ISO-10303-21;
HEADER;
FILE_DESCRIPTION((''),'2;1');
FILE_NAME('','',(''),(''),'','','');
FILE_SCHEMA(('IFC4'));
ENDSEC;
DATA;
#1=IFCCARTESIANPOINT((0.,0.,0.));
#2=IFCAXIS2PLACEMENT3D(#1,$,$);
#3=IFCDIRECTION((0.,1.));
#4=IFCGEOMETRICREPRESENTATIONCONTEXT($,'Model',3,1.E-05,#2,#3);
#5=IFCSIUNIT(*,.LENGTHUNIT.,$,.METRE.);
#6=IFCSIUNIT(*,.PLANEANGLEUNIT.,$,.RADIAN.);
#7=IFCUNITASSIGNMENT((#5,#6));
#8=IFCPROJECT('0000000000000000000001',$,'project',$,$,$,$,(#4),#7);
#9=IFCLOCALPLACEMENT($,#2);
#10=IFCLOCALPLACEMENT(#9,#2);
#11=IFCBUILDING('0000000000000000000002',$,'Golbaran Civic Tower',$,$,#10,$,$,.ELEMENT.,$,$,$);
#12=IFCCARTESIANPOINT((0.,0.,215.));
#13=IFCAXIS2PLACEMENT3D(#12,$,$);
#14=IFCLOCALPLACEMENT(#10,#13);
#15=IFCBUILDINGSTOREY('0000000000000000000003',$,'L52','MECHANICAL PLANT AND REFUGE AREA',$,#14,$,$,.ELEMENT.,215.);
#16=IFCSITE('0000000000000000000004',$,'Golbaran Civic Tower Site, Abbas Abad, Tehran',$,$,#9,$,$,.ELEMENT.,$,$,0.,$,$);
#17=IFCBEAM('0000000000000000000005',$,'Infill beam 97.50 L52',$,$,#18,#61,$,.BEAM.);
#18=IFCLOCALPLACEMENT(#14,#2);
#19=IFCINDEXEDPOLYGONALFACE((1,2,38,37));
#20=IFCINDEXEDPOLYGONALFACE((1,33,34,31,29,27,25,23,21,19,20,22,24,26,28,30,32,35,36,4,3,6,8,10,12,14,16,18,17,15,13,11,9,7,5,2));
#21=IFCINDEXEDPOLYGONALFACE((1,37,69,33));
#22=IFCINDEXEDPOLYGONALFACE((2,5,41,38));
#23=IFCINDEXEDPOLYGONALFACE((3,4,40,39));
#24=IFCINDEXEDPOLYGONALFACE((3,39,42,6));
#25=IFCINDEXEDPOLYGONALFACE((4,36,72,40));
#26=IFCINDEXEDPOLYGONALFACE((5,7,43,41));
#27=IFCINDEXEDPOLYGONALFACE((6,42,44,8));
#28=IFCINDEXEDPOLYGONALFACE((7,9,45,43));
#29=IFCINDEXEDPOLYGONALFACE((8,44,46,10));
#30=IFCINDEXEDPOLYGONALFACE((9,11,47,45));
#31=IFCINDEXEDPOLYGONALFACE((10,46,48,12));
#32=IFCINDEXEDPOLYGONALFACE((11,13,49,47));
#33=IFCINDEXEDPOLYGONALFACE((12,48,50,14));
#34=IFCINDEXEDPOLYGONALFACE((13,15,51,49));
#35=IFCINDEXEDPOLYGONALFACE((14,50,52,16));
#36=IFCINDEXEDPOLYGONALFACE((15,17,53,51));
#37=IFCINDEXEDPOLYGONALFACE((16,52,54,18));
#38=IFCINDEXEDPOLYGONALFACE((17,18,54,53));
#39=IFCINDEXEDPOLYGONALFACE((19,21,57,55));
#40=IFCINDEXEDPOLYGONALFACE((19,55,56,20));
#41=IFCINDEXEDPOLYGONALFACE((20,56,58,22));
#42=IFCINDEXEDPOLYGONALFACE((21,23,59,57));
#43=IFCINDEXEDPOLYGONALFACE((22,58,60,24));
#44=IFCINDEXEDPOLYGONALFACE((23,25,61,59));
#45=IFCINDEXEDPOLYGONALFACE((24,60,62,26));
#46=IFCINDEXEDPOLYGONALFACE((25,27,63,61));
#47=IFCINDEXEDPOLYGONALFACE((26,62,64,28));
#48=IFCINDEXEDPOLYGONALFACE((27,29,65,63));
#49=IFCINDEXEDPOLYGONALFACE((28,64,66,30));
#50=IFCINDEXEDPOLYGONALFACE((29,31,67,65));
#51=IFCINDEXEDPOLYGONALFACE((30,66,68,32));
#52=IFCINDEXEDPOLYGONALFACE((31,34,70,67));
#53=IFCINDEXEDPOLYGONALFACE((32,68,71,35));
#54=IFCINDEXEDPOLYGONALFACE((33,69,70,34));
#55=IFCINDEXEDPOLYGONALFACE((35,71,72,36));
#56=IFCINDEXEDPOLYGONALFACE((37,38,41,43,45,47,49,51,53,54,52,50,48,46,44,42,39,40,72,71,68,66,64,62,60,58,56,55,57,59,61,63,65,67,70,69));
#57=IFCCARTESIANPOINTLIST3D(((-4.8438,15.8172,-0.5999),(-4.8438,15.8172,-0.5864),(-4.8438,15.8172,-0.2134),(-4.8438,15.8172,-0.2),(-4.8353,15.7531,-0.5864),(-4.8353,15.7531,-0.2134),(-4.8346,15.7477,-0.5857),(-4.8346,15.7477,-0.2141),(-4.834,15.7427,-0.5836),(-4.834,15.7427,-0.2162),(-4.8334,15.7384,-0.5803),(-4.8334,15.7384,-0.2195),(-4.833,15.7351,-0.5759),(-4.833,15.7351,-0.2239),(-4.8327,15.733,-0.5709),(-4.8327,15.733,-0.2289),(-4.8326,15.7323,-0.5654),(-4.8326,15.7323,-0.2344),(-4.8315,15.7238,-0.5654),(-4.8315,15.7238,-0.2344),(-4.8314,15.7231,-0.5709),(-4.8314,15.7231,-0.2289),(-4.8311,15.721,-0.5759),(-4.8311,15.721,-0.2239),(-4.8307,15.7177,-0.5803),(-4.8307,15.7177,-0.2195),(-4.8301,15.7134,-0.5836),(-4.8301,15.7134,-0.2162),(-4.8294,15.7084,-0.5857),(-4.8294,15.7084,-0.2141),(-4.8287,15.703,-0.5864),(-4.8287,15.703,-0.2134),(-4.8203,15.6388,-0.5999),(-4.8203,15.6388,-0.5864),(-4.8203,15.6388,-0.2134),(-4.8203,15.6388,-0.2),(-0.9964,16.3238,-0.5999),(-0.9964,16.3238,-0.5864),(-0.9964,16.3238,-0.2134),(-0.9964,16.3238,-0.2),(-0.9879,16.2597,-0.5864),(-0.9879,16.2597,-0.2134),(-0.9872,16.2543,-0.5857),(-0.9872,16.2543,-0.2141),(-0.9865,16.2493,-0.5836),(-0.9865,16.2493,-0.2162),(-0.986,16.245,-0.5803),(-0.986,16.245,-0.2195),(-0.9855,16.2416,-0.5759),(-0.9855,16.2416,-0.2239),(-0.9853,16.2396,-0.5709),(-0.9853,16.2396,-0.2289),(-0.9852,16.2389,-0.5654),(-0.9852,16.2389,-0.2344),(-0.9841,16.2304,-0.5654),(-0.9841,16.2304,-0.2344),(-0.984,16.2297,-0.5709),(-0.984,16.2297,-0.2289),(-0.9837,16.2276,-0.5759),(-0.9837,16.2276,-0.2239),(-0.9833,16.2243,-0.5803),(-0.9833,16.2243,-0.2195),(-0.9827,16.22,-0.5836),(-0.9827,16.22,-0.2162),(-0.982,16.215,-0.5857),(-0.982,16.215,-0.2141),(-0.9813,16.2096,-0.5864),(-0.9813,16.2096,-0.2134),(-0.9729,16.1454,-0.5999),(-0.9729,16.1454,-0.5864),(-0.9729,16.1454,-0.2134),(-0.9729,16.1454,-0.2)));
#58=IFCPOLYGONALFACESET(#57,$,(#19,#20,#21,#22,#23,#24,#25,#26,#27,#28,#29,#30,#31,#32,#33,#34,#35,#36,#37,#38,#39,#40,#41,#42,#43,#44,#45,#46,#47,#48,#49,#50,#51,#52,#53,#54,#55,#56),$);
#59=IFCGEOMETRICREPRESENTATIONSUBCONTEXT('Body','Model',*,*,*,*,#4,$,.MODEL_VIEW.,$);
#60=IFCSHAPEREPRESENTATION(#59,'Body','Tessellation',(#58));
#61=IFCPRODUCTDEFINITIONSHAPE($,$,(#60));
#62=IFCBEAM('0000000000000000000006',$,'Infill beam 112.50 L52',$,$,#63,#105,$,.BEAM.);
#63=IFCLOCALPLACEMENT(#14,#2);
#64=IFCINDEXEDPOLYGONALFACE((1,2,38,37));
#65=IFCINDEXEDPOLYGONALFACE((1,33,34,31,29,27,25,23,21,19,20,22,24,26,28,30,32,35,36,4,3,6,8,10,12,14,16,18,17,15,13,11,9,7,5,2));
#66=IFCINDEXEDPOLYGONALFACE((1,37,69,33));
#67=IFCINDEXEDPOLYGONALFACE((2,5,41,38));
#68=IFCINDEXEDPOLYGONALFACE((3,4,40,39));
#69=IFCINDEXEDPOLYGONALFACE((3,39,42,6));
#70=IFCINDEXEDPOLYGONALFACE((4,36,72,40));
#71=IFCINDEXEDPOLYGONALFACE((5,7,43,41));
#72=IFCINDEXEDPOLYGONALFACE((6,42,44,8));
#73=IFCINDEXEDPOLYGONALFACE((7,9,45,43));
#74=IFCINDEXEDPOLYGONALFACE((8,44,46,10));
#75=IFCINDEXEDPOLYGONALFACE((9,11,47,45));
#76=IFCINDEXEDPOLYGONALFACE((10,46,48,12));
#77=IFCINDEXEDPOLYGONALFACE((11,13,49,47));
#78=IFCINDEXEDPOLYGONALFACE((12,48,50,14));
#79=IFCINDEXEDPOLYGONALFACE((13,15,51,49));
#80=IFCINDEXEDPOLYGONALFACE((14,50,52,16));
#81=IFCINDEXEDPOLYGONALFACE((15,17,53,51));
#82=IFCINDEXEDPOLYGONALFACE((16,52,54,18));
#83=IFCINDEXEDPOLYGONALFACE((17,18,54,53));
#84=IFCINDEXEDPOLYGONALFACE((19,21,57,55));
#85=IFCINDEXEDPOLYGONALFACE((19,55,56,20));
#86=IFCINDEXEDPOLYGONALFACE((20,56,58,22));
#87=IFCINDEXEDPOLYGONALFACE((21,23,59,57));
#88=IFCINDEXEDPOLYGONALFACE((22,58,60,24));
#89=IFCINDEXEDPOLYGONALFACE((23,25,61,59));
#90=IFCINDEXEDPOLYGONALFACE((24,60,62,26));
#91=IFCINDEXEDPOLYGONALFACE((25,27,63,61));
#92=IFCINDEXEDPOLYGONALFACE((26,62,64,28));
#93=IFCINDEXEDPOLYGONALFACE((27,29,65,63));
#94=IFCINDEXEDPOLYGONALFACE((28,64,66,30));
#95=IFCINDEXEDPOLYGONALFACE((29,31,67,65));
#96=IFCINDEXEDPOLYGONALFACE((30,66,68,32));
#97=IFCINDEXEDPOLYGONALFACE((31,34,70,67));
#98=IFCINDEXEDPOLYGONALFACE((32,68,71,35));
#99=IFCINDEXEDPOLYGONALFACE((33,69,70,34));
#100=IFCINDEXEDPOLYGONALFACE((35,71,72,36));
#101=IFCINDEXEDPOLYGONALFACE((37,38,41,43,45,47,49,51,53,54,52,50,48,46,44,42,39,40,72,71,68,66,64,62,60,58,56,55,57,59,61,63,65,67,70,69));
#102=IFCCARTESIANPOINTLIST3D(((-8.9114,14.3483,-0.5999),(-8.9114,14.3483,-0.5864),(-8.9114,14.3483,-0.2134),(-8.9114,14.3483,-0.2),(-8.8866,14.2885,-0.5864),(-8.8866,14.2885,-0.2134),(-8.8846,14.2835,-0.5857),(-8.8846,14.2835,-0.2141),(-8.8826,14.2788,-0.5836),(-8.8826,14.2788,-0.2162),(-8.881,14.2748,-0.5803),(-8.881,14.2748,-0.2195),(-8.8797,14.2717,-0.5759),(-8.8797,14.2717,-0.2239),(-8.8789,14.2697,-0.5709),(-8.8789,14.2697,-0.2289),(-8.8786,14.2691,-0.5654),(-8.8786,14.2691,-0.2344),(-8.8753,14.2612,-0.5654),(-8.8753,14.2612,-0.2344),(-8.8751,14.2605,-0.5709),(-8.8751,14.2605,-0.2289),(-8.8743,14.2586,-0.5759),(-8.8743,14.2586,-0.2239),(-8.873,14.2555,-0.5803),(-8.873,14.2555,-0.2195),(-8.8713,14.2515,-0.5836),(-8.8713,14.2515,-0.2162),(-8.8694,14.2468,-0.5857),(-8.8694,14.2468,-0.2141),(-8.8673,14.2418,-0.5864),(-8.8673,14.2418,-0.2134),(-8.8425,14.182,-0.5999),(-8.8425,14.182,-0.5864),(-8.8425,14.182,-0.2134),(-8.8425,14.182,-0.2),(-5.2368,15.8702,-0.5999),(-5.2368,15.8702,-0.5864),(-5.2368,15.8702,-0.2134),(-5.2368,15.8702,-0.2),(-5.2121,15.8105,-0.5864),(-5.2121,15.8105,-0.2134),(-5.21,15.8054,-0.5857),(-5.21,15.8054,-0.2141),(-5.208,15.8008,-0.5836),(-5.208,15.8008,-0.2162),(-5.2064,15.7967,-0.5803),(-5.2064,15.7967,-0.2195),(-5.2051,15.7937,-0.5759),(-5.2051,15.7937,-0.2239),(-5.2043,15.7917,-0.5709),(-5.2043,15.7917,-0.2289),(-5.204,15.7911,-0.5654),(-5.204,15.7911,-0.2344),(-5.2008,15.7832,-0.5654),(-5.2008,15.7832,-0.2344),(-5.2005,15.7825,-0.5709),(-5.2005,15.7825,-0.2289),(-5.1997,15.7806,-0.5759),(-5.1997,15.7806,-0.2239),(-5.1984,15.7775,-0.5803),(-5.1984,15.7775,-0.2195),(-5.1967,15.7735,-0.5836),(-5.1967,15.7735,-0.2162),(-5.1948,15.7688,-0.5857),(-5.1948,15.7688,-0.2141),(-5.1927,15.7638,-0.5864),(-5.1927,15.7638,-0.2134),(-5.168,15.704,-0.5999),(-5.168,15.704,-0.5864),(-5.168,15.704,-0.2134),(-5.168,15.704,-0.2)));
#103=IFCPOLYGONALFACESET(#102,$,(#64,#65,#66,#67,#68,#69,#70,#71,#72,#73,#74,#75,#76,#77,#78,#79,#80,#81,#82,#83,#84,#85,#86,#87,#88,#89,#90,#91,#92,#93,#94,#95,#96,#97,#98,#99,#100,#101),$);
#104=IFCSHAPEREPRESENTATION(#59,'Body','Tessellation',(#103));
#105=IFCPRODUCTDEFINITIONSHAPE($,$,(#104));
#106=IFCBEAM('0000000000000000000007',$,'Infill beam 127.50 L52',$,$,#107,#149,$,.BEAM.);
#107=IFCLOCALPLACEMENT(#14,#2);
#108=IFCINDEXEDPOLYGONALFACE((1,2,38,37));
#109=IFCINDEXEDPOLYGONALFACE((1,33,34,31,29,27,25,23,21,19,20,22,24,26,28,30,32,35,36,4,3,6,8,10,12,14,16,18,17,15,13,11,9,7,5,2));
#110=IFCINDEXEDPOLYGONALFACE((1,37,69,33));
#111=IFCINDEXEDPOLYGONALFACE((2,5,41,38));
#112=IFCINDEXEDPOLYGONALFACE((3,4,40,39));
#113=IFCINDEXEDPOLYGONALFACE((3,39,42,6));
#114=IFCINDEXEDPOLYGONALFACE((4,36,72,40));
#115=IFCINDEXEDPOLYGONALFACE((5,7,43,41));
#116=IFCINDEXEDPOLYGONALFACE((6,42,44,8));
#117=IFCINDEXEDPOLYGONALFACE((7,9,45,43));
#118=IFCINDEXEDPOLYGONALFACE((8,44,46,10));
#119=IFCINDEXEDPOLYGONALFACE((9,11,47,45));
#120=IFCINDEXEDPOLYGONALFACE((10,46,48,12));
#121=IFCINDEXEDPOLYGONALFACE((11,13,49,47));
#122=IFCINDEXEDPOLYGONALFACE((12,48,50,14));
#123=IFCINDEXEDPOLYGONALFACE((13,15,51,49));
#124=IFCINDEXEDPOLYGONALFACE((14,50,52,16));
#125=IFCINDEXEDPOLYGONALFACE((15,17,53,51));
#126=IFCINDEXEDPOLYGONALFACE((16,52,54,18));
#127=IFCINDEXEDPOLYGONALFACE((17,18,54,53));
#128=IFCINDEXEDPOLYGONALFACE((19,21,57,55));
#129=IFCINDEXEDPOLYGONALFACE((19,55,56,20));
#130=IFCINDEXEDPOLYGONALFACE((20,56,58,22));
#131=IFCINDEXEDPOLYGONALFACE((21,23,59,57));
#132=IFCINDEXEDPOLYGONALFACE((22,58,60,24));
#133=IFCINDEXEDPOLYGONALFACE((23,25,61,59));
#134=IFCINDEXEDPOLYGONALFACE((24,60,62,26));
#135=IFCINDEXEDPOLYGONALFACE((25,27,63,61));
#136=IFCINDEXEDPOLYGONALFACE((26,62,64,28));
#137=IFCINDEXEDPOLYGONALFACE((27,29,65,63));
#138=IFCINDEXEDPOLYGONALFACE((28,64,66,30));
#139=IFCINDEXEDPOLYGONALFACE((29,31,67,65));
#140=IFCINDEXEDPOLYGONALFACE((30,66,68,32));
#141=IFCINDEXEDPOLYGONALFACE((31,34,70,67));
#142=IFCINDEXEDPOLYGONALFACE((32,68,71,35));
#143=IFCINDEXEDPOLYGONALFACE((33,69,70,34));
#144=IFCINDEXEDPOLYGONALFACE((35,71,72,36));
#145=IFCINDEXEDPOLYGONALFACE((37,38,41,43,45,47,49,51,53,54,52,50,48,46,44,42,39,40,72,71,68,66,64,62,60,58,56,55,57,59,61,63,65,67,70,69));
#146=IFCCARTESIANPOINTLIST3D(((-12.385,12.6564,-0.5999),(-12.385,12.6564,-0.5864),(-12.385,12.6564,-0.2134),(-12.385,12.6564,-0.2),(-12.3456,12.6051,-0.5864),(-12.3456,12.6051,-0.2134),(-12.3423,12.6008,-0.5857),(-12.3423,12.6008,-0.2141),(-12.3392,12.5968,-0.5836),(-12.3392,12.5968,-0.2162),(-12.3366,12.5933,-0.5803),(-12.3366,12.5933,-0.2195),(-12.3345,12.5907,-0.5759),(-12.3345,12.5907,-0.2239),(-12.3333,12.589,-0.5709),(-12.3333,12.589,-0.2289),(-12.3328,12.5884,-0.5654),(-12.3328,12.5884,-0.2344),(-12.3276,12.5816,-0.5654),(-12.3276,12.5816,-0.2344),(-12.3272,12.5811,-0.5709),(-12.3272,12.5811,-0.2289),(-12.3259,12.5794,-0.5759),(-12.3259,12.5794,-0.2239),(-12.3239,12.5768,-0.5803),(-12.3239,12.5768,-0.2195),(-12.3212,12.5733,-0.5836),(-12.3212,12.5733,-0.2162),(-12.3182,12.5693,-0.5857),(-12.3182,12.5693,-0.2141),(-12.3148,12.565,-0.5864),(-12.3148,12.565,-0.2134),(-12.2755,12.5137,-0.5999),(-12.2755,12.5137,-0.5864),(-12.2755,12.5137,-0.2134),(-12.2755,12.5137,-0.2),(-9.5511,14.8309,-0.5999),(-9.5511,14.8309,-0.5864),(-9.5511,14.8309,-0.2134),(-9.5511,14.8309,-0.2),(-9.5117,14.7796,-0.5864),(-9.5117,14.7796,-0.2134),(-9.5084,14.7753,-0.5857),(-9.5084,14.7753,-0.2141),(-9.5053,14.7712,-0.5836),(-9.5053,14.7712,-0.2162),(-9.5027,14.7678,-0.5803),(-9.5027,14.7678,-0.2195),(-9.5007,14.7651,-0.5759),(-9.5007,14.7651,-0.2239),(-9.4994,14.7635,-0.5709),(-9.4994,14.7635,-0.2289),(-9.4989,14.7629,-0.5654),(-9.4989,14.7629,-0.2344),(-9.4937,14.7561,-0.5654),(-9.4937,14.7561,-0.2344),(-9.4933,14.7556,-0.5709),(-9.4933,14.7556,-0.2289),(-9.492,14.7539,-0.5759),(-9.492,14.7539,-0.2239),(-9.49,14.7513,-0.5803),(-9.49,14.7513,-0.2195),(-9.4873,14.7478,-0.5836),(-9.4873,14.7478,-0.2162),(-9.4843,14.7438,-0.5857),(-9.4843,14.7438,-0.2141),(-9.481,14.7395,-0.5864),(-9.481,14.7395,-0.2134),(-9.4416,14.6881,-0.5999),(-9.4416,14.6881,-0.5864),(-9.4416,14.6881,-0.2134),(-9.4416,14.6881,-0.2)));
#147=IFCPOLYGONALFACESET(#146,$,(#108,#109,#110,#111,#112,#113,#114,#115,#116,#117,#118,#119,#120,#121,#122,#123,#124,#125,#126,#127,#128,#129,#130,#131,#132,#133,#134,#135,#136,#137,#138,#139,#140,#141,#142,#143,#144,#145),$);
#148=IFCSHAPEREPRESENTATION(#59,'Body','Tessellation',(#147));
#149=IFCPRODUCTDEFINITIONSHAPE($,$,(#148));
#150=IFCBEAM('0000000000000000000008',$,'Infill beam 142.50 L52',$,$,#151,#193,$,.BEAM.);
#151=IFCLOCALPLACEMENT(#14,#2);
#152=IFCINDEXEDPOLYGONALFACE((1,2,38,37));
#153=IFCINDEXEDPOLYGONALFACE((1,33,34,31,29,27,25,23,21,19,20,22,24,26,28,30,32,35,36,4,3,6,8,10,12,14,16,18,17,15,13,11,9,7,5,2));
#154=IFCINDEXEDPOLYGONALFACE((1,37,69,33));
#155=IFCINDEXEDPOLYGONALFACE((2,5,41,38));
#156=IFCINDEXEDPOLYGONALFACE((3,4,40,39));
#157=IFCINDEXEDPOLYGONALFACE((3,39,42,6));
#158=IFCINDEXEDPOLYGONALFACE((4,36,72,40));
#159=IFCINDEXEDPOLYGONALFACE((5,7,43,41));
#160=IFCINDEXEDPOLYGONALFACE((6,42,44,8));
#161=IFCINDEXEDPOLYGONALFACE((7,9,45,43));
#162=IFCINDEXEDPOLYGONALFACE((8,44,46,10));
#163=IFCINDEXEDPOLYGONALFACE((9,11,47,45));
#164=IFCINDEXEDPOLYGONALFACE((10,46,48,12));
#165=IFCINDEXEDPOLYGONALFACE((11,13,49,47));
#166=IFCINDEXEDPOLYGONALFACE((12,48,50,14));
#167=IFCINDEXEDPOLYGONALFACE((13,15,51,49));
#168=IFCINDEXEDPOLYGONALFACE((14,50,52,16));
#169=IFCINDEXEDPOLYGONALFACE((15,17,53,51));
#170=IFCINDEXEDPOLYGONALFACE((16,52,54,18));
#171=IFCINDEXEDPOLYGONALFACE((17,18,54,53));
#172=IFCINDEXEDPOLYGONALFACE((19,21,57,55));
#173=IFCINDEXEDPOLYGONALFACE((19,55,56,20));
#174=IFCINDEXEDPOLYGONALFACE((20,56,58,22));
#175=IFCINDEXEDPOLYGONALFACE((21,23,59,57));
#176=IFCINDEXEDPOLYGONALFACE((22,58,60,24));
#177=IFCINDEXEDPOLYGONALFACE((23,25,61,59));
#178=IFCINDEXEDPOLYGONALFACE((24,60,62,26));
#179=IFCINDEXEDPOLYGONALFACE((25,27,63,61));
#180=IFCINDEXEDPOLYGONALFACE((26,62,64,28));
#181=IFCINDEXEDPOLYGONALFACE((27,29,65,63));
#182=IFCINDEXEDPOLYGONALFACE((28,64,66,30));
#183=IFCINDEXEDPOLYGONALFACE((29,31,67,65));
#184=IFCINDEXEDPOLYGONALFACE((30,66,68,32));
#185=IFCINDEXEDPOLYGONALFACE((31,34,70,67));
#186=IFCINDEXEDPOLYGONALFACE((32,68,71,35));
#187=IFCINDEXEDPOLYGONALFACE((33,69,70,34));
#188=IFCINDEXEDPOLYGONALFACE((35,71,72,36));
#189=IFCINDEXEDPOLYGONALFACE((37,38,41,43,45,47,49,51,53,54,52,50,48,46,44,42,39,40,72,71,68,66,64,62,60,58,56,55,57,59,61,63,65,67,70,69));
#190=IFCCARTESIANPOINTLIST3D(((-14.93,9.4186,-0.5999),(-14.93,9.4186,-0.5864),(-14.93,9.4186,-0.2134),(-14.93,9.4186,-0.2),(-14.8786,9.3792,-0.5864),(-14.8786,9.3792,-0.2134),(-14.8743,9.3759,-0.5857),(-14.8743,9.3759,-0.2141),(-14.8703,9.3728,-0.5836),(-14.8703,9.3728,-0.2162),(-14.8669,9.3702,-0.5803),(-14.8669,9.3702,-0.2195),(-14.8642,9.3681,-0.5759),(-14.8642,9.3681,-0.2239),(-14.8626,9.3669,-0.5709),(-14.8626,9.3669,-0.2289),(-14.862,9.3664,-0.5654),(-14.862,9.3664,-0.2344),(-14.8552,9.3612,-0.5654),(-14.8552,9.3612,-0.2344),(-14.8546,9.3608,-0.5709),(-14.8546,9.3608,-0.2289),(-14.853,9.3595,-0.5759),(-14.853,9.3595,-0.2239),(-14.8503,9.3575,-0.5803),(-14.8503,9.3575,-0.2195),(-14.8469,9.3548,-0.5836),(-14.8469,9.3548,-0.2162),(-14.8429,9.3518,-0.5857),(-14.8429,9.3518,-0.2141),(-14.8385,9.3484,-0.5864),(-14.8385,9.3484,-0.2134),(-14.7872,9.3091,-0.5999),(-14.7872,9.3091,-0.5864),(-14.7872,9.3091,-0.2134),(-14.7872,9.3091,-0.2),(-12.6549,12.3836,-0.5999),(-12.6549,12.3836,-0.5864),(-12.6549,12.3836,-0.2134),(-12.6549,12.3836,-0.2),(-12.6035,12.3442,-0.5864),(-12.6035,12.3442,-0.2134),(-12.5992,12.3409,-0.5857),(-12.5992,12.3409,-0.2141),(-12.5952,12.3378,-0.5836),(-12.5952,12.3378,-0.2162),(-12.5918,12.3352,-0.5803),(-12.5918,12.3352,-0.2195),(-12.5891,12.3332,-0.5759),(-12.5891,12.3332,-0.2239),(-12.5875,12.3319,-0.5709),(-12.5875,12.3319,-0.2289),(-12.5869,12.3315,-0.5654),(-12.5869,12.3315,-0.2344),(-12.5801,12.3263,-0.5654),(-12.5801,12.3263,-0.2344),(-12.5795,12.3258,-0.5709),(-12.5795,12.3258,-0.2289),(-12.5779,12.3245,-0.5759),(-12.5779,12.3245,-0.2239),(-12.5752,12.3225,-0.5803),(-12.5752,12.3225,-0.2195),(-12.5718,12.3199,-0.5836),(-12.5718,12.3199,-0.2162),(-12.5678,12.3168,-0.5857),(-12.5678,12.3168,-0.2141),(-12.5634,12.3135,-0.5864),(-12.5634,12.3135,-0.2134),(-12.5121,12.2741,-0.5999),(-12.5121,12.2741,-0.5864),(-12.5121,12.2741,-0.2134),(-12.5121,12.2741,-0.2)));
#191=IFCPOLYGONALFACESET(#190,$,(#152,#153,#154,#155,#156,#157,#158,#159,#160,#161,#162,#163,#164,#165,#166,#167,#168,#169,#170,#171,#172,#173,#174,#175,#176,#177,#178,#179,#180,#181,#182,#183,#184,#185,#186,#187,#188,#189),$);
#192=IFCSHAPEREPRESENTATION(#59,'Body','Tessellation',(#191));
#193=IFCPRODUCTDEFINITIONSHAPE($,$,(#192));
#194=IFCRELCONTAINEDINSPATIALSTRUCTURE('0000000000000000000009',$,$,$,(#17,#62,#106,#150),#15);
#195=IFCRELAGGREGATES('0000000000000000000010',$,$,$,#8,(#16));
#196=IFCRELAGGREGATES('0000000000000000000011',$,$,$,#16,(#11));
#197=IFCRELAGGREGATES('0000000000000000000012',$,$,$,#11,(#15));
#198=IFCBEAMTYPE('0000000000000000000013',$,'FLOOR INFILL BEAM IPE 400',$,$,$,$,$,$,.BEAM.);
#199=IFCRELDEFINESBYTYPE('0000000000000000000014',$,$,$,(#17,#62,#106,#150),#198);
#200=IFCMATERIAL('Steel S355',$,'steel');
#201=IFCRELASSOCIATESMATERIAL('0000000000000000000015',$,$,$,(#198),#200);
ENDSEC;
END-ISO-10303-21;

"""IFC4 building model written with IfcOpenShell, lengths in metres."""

from ifc_helpers import new_model, si_unit, direction, frame, origin, origin_2d, place, context, subcontext, project, spatial, i_section, extrude, material, material_profile, profile_set, type_object, element, save


model = new_model("IFC4")

# Units and contexts
model_context = context("Model", 3, precision=1e-05, world=origin(), true_north=direction((0.0, 1.0)))
body_context = subcontext(model_context, "Body", "Model", "MODEL_VIEW")
ifc_project = project(units=[si_unit("LENGTHUNIT", "METRE"), si_unit("PLANEANGLEUNIT", "RADIAN")], contexts=[model_context])

# Site, building, storey
site_placement = place(None, origin())
site = spatial("IfcSite", under=ifc_project, at=site_placement, Name="Golbaran Civic Tower Site, Abbas Abad, Tehran", CompositionType="ELEMENT", RefElevation=0.0)
building_placement = place(site_placement, origin())
building = spatial("IfcBuilding", under=site, at=building_placement, Name="Golbaran Civic Tower", CompositionType="ELEMENT")
storey_placement = place(building_placement, frame((0.0, 0.0, 215.0)))
storey = spatial("IfcBuildingStorey", under=building, at=storey_placement, Name="L52", Description="MECHANICAL PLANT AND REFUGE AREA", CompositionType="ELEMENT", Elevation=215.0)

# Shared definitions
ifc_material_1 = material(Name="Steel S355", Category="steel")

# Beams
ifc_material_profile_1 = material_profile(ifc_material_1, i_section(OverallWidth=0.1799, OverallDepth=0.3999, WebThickness=0.0085, FlangeThickness=0.0134, FilletRadius=0.021, at=origin_2d()), Name="IPE 400")
ifc_profile_set_1 = profile_set([ifc_material_profile_1], Name="Steel S355")
beam_type_1 = type_object("IfcBeamType", Name="FLOOR INFILL BEAM IPE 400", PredefinedType="BEAM", material=ifc_profile_set_1)
beam_1_placement = place(storey_placement, frame((-0.9846, 16.2346, -0.3999), z_axis=(-0.991443, -0.130544, 0.0), x_axis=(0.130544, -0.991443, 0.0)))
element("IfcBeam", 1, at=beam_1_placement, inside=storey, type_object=beam_type_1, Name="Infill beam 97.50 L52", PredefinedType="BEAM", context=body_context, shape_type="SweptSolid", body=[
    extrude(i_section(OverallWidth=0.1799, OverallDepth=0.3999, WebThickness=0.0085, FlangeThickness=0.0134, FilletRadius=0.021, at=origin_2d()), origin(), (0.0, 0.0, 1.0), 3.8806),
])
beam_2_placement = place(storey_placement, frame((-5.2024, 15.7871, -0.3999), z_axis=(-0.923887, -0.382666, 0.0), x_axis=(0.382666, -0.923887, 0.0)))
element("IfcBeam", 2, at=beam_2_placement, inside=storey, type_object=beam_type_1, Name="Infill beam 112.50 L52", PredefinedType="BEAM", context=body_context, shape_type="SweptSolid", body=[
    extrude(i_section(OverallWidth=0.1799, OverallDepth=0.3999, WebThickness=0.0085, FlangeThickness=0.0134, FilletRadius=0.021, at=origin_2d()), origin(), (0.0, 0.0, 1.0), 3.9773),
])
beam_3_placement = place(storey_placement, frame((-9.4963, 14.7595, -0.3999), z_axis=(-0.793358, -0.608756, 0.0), x_axis=(0.608756, -0.793358, 0.0)))
element("IfcBeam", 3, at=beam_3_placement, inside=storey, type_object=beam_type_1, Name="Infill beam 127.50 L52", PredefinedType="BEAM", context=body_context, shape_type="SweptSolid", body=[
    extrude(i_section(OverallWidth=0.1799, OverallDepth=0.3999, WebThickness=0.0085, FlangeThickness=0.0134, FilletRadius=0.021, at=origin_2d()), origin(), (0.0, 0.0, 1.0), 3.572),
])
beam_4_placement = place(storey_placement, frame((-12.5835, 12.3289, -0.3999), z_axis=(-0.608754, -0.793359, 0.0), x_axis=(0.793359, -0.608754, 0.0)))
element("IfcBeam", 4, at=beam_4_placement, inside=storey, type_object=beam_type_1, Name="Infill beam 142.50 L52", PredefinedType="BEAM", context=body_context, shape_type="SweptSolid", body=[
    extrude(i_section(OverallWidth=0.1799, OverallDepth=0.3999, WebThickness=0.0085, FlangeThickness=0.0134, FilletRadius=0.021, at=origin_2d()), origin(), (0.0, 0.0, 1.0), 3.7373),
])

save(model, "model.ifc")
